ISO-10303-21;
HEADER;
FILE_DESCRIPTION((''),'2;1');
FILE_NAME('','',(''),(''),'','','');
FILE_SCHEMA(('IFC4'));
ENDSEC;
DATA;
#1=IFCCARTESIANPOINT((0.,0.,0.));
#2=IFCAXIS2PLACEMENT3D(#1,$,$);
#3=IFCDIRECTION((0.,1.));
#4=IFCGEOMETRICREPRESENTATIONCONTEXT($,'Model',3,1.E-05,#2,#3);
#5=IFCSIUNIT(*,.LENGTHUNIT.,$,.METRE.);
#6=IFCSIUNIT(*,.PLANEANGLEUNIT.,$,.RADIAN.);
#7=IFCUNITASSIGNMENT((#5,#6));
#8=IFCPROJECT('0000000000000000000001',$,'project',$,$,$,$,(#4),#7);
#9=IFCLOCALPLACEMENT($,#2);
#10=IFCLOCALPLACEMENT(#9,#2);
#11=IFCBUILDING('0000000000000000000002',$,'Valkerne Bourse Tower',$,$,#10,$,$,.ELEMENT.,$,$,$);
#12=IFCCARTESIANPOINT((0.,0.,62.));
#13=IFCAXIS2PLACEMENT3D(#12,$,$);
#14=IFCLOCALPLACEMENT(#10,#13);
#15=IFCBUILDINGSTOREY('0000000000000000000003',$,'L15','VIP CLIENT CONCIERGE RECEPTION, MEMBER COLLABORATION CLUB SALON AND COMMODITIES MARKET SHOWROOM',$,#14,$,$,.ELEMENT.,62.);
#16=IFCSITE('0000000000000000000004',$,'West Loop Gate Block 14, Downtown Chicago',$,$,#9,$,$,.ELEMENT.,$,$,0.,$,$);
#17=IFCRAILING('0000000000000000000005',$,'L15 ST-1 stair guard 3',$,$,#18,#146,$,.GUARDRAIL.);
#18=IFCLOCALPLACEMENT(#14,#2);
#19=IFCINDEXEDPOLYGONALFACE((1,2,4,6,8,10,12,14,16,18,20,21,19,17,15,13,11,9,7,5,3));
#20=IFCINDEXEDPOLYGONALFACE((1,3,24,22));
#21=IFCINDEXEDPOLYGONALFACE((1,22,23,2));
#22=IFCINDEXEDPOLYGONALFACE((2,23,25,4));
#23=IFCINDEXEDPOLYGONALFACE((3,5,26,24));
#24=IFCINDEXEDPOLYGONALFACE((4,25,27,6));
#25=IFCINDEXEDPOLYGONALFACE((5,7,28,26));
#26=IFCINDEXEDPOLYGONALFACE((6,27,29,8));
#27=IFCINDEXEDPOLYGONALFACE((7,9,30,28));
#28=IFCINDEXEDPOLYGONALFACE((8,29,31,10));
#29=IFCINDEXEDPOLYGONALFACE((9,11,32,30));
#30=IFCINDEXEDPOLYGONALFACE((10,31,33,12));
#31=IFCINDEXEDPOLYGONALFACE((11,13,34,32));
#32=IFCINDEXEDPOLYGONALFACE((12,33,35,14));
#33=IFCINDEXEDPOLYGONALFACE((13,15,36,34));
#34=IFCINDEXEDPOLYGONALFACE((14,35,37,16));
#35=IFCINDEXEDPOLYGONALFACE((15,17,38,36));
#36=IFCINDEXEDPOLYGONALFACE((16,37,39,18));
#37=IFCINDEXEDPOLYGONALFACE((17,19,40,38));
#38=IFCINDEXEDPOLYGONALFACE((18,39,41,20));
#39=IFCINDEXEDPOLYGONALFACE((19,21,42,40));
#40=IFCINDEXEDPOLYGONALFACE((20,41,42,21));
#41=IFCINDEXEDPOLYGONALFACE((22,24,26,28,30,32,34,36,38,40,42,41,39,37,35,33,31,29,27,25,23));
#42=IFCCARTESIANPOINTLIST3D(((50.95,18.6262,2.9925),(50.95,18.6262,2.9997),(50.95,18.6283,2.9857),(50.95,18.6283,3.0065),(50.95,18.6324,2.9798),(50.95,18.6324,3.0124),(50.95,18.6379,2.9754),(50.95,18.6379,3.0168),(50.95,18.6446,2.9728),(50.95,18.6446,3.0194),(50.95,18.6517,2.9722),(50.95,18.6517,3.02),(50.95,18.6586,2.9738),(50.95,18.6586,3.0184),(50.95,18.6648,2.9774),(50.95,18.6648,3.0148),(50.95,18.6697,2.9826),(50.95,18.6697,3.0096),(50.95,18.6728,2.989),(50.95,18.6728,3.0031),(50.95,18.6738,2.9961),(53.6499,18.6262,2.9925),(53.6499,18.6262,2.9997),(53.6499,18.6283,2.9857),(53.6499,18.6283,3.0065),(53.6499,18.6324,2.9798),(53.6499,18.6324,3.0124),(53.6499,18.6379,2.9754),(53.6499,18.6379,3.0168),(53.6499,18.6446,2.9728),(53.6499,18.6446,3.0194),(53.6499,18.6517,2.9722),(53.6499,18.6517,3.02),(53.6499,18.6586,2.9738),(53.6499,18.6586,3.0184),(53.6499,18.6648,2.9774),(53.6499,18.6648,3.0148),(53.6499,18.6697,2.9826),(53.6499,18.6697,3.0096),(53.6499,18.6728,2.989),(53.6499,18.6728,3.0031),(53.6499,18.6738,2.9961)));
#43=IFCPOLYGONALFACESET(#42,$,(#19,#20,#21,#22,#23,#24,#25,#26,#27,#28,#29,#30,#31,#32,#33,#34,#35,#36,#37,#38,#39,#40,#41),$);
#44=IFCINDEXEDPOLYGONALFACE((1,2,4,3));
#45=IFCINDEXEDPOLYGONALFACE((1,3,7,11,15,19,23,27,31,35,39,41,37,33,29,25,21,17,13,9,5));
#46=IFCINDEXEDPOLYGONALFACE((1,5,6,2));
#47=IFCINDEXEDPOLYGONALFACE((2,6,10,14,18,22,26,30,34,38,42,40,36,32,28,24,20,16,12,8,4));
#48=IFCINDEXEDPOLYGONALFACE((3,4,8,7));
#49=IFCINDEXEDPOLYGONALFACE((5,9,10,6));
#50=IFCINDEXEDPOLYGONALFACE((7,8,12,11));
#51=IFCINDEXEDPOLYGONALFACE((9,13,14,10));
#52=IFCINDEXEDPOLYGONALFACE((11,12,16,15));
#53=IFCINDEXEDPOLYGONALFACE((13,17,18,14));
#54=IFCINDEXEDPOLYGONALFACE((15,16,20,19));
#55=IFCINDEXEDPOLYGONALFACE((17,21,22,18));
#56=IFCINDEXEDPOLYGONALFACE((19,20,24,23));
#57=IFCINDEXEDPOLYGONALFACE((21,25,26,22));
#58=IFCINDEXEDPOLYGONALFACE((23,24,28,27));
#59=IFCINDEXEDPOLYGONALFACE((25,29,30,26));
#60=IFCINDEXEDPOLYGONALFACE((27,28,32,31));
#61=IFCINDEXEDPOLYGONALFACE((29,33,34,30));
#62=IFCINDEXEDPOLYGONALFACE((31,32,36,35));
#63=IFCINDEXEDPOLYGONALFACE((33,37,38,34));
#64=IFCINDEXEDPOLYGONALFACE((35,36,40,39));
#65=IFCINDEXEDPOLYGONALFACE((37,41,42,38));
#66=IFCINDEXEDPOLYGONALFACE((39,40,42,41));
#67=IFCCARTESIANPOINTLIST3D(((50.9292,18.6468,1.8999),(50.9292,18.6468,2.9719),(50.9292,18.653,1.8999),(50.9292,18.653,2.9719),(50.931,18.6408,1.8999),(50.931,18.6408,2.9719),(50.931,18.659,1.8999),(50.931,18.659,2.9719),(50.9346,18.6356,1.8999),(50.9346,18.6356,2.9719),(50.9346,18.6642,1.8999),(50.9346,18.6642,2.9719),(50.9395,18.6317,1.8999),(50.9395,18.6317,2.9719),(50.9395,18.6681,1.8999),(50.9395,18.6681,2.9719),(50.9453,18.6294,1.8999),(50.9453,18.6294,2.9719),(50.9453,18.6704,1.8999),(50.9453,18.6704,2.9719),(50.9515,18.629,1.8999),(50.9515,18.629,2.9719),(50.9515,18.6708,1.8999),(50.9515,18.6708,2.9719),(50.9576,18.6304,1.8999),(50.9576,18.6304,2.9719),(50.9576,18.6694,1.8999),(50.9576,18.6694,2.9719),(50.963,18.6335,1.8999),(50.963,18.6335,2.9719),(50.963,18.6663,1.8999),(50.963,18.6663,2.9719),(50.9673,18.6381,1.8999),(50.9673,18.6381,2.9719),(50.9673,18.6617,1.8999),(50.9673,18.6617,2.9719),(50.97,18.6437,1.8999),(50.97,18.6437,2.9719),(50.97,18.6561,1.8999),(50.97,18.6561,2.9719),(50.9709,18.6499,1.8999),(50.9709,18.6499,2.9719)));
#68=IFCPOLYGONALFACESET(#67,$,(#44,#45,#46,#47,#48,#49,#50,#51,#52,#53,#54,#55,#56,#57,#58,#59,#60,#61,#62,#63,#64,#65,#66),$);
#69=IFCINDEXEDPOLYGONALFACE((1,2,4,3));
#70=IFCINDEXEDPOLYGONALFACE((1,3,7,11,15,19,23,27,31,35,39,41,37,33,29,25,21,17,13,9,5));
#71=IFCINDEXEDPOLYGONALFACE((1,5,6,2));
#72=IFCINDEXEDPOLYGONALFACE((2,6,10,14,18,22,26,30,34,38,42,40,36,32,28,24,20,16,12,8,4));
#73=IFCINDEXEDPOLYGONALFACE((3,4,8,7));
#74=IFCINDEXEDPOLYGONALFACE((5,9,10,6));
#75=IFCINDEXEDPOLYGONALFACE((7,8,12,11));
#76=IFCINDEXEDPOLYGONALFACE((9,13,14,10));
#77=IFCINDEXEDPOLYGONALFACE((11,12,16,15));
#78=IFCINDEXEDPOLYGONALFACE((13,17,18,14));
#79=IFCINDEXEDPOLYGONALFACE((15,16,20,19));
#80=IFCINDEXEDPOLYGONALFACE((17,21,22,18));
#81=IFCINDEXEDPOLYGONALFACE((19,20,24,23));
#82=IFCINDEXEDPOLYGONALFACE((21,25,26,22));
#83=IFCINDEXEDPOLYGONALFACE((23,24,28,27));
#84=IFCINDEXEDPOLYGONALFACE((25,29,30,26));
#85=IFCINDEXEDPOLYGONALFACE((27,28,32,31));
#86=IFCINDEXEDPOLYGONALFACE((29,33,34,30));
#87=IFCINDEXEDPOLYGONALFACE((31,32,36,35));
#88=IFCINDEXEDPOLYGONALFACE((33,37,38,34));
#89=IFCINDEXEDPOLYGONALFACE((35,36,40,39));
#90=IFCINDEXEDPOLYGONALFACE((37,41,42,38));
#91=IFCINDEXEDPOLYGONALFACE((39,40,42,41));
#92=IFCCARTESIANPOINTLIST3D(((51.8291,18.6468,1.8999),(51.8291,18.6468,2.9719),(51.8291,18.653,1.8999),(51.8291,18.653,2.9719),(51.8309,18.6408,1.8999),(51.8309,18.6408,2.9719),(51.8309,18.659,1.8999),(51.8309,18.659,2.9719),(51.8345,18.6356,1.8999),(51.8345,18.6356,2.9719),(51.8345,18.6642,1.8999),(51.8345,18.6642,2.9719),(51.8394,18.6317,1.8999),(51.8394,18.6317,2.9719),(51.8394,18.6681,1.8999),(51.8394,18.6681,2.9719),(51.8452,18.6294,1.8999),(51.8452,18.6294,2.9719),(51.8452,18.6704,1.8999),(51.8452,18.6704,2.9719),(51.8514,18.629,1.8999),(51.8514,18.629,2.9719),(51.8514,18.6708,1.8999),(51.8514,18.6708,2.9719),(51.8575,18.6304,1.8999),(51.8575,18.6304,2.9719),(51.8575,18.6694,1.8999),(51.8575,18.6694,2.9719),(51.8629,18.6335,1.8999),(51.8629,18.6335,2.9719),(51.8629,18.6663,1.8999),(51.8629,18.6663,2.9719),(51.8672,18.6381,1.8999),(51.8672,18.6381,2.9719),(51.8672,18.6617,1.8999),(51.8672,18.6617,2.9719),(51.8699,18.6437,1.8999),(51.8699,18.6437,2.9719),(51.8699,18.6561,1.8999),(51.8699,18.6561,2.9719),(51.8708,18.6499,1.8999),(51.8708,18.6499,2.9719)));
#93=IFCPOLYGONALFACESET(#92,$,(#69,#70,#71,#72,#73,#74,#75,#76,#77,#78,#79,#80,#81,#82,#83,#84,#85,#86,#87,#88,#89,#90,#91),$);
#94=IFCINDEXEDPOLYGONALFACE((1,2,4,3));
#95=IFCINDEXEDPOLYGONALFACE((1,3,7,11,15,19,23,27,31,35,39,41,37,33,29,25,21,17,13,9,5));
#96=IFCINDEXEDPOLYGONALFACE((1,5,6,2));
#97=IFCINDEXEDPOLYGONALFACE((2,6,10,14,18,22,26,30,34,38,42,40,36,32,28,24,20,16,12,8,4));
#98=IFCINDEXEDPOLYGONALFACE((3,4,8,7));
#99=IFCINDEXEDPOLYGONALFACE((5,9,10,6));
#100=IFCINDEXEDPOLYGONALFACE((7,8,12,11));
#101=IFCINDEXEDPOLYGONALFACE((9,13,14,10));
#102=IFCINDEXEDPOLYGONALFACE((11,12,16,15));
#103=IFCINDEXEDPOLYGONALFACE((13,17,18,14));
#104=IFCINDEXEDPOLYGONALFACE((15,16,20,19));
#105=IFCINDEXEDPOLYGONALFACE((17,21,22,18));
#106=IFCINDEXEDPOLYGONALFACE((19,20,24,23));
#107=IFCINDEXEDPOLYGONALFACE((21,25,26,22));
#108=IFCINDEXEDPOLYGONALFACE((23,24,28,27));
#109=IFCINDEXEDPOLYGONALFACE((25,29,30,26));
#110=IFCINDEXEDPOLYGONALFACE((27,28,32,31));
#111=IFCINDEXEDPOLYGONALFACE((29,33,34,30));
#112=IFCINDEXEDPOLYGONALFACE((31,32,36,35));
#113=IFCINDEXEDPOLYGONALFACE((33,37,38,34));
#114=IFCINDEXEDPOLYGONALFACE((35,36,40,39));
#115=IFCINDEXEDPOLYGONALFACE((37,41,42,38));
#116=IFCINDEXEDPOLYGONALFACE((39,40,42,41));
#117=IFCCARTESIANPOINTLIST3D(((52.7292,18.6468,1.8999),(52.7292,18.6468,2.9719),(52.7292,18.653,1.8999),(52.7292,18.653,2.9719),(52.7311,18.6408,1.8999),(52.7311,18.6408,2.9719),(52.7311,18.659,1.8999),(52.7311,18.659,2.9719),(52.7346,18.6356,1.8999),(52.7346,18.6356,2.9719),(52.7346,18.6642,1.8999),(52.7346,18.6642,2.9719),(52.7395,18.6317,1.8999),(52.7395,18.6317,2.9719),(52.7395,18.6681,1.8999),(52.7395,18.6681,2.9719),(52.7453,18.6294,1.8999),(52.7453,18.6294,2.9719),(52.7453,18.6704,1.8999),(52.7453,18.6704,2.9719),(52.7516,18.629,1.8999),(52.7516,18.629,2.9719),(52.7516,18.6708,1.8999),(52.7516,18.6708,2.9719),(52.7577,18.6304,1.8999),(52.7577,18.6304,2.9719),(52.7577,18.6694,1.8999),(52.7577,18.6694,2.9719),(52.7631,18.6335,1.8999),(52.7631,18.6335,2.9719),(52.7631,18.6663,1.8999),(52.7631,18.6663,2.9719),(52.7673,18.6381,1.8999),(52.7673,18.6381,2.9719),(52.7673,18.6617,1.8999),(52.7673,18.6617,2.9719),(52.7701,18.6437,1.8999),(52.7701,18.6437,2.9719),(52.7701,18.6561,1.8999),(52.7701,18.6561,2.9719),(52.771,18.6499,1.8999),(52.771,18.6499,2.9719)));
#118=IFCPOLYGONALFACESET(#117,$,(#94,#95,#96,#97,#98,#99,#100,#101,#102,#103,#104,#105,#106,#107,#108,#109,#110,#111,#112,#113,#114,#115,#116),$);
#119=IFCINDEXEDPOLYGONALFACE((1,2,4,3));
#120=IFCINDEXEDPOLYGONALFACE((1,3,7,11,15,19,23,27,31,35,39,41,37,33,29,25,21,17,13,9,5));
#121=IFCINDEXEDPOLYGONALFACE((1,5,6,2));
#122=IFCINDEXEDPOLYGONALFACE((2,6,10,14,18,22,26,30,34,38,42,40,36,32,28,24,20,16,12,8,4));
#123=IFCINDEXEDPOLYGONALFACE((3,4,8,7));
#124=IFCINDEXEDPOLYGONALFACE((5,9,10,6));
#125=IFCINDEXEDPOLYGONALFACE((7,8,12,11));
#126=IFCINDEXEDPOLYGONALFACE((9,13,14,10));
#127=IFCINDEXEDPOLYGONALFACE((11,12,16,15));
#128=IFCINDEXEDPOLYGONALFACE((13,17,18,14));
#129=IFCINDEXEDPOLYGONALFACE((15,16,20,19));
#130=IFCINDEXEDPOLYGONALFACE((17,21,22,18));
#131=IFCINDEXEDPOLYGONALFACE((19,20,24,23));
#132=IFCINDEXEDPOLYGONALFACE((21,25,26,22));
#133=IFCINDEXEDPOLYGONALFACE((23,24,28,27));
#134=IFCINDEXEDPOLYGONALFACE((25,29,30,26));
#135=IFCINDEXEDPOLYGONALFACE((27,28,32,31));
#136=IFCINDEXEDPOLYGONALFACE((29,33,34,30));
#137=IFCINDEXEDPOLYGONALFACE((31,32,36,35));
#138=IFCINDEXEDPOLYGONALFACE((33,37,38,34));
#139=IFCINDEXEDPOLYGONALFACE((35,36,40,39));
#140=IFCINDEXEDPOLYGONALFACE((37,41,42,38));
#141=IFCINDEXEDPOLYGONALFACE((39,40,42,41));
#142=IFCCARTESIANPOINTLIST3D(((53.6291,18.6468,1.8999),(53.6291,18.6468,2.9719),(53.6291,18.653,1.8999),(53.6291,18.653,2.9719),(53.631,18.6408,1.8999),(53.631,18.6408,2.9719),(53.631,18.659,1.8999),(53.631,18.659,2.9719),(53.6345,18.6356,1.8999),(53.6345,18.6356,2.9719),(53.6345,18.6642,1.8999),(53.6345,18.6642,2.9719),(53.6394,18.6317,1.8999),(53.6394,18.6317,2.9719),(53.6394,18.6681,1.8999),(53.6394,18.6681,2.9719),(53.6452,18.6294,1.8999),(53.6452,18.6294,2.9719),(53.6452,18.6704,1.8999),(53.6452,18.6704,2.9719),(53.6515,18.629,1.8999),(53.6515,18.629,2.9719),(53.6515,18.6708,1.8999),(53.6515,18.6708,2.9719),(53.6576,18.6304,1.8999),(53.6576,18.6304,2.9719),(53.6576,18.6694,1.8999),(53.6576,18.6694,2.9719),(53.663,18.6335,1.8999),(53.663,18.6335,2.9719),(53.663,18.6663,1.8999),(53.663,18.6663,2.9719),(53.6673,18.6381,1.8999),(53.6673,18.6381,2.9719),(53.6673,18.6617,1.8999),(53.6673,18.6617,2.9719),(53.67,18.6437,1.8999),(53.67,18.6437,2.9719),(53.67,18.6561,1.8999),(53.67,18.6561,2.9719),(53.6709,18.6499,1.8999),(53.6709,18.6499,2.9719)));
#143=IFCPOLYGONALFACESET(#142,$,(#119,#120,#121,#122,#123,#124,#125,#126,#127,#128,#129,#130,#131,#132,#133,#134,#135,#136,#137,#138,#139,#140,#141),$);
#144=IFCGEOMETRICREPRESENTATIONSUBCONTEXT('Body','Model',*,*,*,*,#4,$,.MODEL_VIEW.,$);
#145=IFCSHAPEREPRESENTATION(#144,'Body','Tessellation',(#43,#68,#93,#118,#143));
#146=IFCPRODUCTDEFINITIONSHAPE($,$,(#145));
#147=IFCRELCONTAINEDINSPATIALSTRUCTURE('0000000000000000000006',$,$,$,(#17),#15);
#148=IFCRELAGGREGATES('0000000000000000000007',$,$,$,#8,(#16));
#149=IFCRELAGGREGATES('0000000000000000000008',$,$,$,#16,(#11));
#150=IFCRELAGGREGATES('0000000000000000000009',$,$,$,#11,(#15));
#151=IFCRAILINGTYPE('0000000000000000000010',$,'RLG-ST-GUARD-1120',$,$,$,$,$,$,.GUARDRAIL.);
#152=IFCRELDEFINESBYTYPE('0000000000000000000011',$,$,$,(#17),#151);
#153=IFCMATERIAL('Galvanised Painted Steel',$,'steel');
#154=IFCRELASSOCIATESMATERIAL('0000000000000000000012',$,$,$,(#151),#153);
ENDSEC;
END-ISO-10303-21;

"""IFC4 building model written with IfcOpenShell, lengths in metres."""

from ifc_helpers import new_model, si_unit, direction, frame, origin, origin_2d, place, context, subcontext, project, spatial, circle, extrude, material, type_object, element, save


model = new_model("IFC4")

# Units and contexts
model_context = context("Model", 3, precision=1e-05, world=origin(), true_north=direction((0.0, 1.0)))
body_context = subcontext(model_context, "Body", "Model", "MODEL_VIEW")
ifc_project = project(units=[si_unit("LENGTHUNIT", "METRE"), si_unit("PLANEANGLEUNIT", "RADIAN")], contexts=[model_context])

# Site, building, storey
site_placement = place(None, origin())
site = spatial("IfcSite", under=ifc_project, at=site_placement, Name="West Loop Gate Block 14, Downtown Chicago", CompositionType="ELEMENT", RefElevation=0.0)
building_placement = place(site_placement, origin())
building = spatial("IfcBuilding", under=site, at=building_placement, Name="Valkerne Bourse Tower", CompositionType="ELEMENT")
storey_placement = place(building_placement, frame((0.0, 0.0, 62.0)))
storey = spatial("IfcBuildingStorey", under=building, at=storey_placement, Name="L15", Description="VIP CLIENT CONCIERGE RECEPTION, MEMBER COLLABORATION CLUB SALON AND COMMODITIES MARKET SHOWROOM", CompositionType="ELEMENT", Elevation=62.0)

# Shared definitions
ifc_material_1 = material(Name="Galvanised Painted Steel", Category="steel")

# Railing
railing_type_1 = type_object("IfcRailingType", Name="RLG-ST-GUARD-1120", PredefinedType="GUARDRAIL", material=ifc_material_1)
for number, where, name in (
    (1, (50.95, 18.6499, 1.8999), "L15 ST-1 stair guard 3"),
):
    element("IfcRailing", number, at=place(storey_placement, frame(where)), inside=storey, type_object=railing_type_1, Name=name, PredefinedType="GUARDRAIL", context=body_context, shape_type="SweptSolid", body=[
        extrude(circle(Radius=0.0239, at=origin_2d()), frame((0.0, 0.0, 1.0962), z_axis=(1.0, 0.0, 0.0), x_axis=(0.0, 1.0, 0.0)), (0.0, 0.0, 1.0), 2.7),
        extrude(circle(Radius=0.021, at=origin_2d()), origin(), (0.0, 0.0, 1.0), 1.072),
        extrude(circle(Radius=0.021, at=origin_2d()), frame((0.8999, 0.0, 0.0)), (0.0, 0.0, 1.0), 1.072),
        extrude(circle(Radius=0.021, at=origin_2d()), frame((1.8, 0.0, 0.0)), (0.0, 0.0, 1.0), 1.072),
        extrude(circle(Radius=0.021, at=origin_2d()), frame((2.7, 0.0, 0.0)), (0.0, 0.0, 1.0), 1.072),
    ])

save(model, "model.ifc")
